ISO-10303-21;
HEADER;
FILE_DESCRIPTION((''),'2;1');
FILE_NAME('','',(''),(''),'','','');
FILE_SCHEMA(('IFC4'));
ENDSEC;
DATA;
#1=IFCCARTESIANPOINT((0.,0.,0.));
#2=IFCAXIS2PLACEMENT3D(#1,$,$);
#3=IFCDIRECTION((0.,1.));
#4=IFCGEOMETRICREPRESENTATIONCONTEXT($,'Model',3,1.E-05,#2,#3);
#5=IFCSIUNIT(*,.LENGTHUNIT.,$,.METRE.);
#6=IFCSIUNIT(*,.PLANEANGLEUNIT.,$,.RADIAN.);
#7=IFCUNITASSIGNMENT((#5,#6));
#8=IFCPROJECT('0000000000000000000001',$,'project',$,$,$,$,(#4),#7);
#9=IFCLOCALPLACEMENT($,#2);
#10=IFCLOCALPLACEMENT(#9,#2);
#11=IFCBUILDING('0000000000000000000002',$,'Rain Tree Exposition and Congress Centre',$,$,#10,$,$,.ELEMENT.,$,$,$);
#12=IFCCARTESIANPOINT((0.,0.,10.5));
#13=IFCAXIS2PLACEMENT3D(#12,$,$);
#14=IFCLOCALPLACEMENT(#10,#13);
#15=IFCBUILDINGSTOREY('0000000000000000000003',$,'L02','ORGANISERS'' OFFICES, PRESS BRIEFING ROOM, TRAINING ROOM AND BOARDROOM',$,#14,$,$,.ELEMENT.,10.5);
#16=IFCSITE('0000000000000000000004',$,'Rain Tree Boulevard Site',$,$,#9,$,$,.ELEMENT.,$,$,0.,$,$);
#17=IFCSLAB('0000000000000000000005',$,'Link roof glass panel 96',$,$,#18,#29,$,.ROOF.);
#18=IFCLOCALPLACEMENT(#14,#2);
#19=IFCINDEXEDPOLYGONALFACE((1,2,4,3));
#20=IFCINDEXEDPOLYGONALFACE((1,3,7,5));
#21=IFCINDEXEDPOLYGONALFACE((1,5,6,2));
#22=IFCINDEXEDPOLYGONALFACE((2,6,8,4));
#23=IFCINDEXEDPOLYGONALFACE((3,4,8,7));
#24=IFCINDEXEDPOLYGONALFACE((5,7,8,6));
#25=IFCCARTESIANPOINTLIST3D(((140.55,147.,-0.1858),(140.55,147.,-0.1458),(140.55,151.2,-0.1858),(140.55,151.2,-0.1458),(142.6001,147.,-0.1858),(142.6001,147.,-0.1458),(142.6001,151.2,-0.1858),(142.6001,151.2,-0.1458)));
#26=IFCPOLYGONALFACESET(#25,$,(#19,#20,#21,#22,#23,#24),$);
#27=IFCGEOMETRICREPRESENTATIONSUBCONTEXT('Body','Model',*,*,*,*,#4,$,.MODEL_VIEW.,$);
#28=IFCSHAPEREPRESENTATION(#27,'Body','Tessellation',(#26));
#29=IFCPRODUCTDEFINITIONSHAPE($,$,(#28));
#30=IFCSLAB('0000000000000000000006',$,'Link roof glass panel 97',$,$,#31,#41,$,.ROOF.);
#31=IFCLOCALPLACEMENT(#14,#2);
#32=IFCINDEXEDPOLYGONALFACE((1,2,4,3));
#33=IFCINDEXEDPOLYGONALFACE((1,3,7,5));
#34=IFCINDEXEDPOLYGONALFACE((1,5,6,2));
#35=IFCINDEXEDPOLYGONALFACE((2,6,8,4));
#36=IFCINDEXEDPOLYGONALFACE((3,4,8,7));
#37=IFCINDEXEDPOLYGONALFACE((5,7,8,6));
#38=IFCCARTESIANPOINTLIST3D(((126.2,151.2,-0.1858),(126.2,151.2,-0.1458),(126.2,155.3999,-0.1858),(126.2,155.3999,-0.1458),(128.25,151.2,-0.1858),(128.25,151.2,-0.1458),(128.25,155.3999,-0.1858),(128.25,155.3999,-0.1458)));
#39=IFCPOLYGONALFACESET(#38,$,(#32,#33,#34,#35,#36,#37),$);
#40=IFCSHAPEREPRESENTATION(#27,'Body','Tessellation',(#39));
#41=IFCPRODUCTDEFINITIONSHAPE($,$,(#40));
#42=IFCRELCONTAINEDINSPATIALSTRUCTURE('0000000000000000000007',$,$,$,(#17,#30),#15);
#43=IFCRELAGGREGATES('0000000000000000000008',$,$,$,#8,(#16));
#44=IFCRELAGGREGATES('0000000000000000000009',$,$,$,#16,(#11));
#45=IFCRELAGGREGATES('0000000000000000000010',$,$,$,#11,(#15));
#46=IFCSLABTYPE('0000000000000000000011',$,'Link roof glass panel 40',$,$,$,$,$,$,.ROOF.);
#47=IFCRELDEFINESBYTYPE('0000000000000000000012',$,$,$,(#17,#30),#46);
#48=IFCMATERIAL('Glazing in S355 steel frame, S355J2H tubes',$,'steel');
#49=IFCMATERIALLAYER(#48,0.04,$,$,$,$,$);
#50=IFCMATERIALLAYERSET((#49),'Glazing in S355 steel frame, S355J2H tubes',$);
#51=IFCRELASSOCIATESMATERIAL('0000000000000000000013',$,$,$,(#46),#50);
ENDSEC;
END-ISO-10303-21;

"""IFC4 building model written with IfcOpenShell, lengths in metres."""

from ifc_helpers import new_model, si_unit, direction, frame, origin, place, context, subcontext, project, spatial, polyline, outline, extrude, material, layer, layer_set, type_object, element, save


model = new_model("IFC4")

# Units and contexts
model_context = context("Model", 3, precision=1e-05, world=origin(), true_north=direction((0.0, 1.0)))
body_context = subcontext(model_context, "Body", "Model", "MODEL_VIEW")
ifc_project = project(units=[si_unit("LENGTHUNIT", "METRE"), si_unit("PLANEANGLEUNIT", "RADIAN")], contexts=[model_context])

# Site, building, storey
site_placement = place(None, origin())
site = spatial("IfcSite", under=ifc_project, at=site_placement, Name="Rain Tree Boulevard Site", CompositionType="ELEMENT", RefElevation=0.0)
building_placement = place(site_placement, origin())
building = spatial("IfcBuilding", under=site, at=building_placement, Name="Rain Tree Exposition and Congress Centre", CompositionType="ELEMENT")
storey_placement = place(building_placement, frame((0.0, 0.0, 10.5)))
storey = spatial("IfcBuildingStorey", under=building, at=storey_placement, Name="L02", Description="ORGANISERS' OFFICES, PRESS BRIEFING ROOM, TRAINING ROOM AND BOARDROOM", CompositionType="ELEMENT", Elevation=10.5)

# Slabs
ifc_material = material(Name="Glazing in S355 steel frame, S355J2H tubes", Category="steel")
ifc_layer = layer(ifc_material, 0.04)
ifc_layer_set = layer_set([ifc_layer], Name="Glazing in S355 steel frame, S355J2H tubes")
slab_type = type_object("IfcSlabType", Name="Link roof glass panel 40", PredefinedType="ROOF", material=ifc_layer_set)
slab_1_placement = place(storey_placement, frame((0.0, 0.0, -0.1858)))
element("IfcSlab", 1, at=slab_1_placement, inside=storey, type_object=slab_type, Name="Link roof glass panel 96", PredefinedType="ROOF", context=body_context, shape_type="SweptSolid", body=[
    extrude(outline(polyline([(140.55, 147.0), (142.6001, 147.0), (142.6001, 151.2), (140.55, 151.2), (140.55, 147.0)])), origin(), (0.0, 0.0, 1.0), 0.04),
])
slab_2_placement = place(storey_placement, frame((0.0, 0.0, -0.1858)))
element("IfcSlab", 2, at=slab_2_placement, inside=storey, type_object=slab_type, Name="Link roof glass panel 97", PredefinedType="ROOF", context=body_context, shape_type="SweptSolid", body=[
    extrude(outline(polyline([(126.2, 151.2), (128.25, 151.2), (128.25, 155.3999), (126.2, 155.3999), (126.2, 151.2)])), origin(), (0.0, 0.0, 1.0), 0.04),
])

save(model, "model.ifc")
